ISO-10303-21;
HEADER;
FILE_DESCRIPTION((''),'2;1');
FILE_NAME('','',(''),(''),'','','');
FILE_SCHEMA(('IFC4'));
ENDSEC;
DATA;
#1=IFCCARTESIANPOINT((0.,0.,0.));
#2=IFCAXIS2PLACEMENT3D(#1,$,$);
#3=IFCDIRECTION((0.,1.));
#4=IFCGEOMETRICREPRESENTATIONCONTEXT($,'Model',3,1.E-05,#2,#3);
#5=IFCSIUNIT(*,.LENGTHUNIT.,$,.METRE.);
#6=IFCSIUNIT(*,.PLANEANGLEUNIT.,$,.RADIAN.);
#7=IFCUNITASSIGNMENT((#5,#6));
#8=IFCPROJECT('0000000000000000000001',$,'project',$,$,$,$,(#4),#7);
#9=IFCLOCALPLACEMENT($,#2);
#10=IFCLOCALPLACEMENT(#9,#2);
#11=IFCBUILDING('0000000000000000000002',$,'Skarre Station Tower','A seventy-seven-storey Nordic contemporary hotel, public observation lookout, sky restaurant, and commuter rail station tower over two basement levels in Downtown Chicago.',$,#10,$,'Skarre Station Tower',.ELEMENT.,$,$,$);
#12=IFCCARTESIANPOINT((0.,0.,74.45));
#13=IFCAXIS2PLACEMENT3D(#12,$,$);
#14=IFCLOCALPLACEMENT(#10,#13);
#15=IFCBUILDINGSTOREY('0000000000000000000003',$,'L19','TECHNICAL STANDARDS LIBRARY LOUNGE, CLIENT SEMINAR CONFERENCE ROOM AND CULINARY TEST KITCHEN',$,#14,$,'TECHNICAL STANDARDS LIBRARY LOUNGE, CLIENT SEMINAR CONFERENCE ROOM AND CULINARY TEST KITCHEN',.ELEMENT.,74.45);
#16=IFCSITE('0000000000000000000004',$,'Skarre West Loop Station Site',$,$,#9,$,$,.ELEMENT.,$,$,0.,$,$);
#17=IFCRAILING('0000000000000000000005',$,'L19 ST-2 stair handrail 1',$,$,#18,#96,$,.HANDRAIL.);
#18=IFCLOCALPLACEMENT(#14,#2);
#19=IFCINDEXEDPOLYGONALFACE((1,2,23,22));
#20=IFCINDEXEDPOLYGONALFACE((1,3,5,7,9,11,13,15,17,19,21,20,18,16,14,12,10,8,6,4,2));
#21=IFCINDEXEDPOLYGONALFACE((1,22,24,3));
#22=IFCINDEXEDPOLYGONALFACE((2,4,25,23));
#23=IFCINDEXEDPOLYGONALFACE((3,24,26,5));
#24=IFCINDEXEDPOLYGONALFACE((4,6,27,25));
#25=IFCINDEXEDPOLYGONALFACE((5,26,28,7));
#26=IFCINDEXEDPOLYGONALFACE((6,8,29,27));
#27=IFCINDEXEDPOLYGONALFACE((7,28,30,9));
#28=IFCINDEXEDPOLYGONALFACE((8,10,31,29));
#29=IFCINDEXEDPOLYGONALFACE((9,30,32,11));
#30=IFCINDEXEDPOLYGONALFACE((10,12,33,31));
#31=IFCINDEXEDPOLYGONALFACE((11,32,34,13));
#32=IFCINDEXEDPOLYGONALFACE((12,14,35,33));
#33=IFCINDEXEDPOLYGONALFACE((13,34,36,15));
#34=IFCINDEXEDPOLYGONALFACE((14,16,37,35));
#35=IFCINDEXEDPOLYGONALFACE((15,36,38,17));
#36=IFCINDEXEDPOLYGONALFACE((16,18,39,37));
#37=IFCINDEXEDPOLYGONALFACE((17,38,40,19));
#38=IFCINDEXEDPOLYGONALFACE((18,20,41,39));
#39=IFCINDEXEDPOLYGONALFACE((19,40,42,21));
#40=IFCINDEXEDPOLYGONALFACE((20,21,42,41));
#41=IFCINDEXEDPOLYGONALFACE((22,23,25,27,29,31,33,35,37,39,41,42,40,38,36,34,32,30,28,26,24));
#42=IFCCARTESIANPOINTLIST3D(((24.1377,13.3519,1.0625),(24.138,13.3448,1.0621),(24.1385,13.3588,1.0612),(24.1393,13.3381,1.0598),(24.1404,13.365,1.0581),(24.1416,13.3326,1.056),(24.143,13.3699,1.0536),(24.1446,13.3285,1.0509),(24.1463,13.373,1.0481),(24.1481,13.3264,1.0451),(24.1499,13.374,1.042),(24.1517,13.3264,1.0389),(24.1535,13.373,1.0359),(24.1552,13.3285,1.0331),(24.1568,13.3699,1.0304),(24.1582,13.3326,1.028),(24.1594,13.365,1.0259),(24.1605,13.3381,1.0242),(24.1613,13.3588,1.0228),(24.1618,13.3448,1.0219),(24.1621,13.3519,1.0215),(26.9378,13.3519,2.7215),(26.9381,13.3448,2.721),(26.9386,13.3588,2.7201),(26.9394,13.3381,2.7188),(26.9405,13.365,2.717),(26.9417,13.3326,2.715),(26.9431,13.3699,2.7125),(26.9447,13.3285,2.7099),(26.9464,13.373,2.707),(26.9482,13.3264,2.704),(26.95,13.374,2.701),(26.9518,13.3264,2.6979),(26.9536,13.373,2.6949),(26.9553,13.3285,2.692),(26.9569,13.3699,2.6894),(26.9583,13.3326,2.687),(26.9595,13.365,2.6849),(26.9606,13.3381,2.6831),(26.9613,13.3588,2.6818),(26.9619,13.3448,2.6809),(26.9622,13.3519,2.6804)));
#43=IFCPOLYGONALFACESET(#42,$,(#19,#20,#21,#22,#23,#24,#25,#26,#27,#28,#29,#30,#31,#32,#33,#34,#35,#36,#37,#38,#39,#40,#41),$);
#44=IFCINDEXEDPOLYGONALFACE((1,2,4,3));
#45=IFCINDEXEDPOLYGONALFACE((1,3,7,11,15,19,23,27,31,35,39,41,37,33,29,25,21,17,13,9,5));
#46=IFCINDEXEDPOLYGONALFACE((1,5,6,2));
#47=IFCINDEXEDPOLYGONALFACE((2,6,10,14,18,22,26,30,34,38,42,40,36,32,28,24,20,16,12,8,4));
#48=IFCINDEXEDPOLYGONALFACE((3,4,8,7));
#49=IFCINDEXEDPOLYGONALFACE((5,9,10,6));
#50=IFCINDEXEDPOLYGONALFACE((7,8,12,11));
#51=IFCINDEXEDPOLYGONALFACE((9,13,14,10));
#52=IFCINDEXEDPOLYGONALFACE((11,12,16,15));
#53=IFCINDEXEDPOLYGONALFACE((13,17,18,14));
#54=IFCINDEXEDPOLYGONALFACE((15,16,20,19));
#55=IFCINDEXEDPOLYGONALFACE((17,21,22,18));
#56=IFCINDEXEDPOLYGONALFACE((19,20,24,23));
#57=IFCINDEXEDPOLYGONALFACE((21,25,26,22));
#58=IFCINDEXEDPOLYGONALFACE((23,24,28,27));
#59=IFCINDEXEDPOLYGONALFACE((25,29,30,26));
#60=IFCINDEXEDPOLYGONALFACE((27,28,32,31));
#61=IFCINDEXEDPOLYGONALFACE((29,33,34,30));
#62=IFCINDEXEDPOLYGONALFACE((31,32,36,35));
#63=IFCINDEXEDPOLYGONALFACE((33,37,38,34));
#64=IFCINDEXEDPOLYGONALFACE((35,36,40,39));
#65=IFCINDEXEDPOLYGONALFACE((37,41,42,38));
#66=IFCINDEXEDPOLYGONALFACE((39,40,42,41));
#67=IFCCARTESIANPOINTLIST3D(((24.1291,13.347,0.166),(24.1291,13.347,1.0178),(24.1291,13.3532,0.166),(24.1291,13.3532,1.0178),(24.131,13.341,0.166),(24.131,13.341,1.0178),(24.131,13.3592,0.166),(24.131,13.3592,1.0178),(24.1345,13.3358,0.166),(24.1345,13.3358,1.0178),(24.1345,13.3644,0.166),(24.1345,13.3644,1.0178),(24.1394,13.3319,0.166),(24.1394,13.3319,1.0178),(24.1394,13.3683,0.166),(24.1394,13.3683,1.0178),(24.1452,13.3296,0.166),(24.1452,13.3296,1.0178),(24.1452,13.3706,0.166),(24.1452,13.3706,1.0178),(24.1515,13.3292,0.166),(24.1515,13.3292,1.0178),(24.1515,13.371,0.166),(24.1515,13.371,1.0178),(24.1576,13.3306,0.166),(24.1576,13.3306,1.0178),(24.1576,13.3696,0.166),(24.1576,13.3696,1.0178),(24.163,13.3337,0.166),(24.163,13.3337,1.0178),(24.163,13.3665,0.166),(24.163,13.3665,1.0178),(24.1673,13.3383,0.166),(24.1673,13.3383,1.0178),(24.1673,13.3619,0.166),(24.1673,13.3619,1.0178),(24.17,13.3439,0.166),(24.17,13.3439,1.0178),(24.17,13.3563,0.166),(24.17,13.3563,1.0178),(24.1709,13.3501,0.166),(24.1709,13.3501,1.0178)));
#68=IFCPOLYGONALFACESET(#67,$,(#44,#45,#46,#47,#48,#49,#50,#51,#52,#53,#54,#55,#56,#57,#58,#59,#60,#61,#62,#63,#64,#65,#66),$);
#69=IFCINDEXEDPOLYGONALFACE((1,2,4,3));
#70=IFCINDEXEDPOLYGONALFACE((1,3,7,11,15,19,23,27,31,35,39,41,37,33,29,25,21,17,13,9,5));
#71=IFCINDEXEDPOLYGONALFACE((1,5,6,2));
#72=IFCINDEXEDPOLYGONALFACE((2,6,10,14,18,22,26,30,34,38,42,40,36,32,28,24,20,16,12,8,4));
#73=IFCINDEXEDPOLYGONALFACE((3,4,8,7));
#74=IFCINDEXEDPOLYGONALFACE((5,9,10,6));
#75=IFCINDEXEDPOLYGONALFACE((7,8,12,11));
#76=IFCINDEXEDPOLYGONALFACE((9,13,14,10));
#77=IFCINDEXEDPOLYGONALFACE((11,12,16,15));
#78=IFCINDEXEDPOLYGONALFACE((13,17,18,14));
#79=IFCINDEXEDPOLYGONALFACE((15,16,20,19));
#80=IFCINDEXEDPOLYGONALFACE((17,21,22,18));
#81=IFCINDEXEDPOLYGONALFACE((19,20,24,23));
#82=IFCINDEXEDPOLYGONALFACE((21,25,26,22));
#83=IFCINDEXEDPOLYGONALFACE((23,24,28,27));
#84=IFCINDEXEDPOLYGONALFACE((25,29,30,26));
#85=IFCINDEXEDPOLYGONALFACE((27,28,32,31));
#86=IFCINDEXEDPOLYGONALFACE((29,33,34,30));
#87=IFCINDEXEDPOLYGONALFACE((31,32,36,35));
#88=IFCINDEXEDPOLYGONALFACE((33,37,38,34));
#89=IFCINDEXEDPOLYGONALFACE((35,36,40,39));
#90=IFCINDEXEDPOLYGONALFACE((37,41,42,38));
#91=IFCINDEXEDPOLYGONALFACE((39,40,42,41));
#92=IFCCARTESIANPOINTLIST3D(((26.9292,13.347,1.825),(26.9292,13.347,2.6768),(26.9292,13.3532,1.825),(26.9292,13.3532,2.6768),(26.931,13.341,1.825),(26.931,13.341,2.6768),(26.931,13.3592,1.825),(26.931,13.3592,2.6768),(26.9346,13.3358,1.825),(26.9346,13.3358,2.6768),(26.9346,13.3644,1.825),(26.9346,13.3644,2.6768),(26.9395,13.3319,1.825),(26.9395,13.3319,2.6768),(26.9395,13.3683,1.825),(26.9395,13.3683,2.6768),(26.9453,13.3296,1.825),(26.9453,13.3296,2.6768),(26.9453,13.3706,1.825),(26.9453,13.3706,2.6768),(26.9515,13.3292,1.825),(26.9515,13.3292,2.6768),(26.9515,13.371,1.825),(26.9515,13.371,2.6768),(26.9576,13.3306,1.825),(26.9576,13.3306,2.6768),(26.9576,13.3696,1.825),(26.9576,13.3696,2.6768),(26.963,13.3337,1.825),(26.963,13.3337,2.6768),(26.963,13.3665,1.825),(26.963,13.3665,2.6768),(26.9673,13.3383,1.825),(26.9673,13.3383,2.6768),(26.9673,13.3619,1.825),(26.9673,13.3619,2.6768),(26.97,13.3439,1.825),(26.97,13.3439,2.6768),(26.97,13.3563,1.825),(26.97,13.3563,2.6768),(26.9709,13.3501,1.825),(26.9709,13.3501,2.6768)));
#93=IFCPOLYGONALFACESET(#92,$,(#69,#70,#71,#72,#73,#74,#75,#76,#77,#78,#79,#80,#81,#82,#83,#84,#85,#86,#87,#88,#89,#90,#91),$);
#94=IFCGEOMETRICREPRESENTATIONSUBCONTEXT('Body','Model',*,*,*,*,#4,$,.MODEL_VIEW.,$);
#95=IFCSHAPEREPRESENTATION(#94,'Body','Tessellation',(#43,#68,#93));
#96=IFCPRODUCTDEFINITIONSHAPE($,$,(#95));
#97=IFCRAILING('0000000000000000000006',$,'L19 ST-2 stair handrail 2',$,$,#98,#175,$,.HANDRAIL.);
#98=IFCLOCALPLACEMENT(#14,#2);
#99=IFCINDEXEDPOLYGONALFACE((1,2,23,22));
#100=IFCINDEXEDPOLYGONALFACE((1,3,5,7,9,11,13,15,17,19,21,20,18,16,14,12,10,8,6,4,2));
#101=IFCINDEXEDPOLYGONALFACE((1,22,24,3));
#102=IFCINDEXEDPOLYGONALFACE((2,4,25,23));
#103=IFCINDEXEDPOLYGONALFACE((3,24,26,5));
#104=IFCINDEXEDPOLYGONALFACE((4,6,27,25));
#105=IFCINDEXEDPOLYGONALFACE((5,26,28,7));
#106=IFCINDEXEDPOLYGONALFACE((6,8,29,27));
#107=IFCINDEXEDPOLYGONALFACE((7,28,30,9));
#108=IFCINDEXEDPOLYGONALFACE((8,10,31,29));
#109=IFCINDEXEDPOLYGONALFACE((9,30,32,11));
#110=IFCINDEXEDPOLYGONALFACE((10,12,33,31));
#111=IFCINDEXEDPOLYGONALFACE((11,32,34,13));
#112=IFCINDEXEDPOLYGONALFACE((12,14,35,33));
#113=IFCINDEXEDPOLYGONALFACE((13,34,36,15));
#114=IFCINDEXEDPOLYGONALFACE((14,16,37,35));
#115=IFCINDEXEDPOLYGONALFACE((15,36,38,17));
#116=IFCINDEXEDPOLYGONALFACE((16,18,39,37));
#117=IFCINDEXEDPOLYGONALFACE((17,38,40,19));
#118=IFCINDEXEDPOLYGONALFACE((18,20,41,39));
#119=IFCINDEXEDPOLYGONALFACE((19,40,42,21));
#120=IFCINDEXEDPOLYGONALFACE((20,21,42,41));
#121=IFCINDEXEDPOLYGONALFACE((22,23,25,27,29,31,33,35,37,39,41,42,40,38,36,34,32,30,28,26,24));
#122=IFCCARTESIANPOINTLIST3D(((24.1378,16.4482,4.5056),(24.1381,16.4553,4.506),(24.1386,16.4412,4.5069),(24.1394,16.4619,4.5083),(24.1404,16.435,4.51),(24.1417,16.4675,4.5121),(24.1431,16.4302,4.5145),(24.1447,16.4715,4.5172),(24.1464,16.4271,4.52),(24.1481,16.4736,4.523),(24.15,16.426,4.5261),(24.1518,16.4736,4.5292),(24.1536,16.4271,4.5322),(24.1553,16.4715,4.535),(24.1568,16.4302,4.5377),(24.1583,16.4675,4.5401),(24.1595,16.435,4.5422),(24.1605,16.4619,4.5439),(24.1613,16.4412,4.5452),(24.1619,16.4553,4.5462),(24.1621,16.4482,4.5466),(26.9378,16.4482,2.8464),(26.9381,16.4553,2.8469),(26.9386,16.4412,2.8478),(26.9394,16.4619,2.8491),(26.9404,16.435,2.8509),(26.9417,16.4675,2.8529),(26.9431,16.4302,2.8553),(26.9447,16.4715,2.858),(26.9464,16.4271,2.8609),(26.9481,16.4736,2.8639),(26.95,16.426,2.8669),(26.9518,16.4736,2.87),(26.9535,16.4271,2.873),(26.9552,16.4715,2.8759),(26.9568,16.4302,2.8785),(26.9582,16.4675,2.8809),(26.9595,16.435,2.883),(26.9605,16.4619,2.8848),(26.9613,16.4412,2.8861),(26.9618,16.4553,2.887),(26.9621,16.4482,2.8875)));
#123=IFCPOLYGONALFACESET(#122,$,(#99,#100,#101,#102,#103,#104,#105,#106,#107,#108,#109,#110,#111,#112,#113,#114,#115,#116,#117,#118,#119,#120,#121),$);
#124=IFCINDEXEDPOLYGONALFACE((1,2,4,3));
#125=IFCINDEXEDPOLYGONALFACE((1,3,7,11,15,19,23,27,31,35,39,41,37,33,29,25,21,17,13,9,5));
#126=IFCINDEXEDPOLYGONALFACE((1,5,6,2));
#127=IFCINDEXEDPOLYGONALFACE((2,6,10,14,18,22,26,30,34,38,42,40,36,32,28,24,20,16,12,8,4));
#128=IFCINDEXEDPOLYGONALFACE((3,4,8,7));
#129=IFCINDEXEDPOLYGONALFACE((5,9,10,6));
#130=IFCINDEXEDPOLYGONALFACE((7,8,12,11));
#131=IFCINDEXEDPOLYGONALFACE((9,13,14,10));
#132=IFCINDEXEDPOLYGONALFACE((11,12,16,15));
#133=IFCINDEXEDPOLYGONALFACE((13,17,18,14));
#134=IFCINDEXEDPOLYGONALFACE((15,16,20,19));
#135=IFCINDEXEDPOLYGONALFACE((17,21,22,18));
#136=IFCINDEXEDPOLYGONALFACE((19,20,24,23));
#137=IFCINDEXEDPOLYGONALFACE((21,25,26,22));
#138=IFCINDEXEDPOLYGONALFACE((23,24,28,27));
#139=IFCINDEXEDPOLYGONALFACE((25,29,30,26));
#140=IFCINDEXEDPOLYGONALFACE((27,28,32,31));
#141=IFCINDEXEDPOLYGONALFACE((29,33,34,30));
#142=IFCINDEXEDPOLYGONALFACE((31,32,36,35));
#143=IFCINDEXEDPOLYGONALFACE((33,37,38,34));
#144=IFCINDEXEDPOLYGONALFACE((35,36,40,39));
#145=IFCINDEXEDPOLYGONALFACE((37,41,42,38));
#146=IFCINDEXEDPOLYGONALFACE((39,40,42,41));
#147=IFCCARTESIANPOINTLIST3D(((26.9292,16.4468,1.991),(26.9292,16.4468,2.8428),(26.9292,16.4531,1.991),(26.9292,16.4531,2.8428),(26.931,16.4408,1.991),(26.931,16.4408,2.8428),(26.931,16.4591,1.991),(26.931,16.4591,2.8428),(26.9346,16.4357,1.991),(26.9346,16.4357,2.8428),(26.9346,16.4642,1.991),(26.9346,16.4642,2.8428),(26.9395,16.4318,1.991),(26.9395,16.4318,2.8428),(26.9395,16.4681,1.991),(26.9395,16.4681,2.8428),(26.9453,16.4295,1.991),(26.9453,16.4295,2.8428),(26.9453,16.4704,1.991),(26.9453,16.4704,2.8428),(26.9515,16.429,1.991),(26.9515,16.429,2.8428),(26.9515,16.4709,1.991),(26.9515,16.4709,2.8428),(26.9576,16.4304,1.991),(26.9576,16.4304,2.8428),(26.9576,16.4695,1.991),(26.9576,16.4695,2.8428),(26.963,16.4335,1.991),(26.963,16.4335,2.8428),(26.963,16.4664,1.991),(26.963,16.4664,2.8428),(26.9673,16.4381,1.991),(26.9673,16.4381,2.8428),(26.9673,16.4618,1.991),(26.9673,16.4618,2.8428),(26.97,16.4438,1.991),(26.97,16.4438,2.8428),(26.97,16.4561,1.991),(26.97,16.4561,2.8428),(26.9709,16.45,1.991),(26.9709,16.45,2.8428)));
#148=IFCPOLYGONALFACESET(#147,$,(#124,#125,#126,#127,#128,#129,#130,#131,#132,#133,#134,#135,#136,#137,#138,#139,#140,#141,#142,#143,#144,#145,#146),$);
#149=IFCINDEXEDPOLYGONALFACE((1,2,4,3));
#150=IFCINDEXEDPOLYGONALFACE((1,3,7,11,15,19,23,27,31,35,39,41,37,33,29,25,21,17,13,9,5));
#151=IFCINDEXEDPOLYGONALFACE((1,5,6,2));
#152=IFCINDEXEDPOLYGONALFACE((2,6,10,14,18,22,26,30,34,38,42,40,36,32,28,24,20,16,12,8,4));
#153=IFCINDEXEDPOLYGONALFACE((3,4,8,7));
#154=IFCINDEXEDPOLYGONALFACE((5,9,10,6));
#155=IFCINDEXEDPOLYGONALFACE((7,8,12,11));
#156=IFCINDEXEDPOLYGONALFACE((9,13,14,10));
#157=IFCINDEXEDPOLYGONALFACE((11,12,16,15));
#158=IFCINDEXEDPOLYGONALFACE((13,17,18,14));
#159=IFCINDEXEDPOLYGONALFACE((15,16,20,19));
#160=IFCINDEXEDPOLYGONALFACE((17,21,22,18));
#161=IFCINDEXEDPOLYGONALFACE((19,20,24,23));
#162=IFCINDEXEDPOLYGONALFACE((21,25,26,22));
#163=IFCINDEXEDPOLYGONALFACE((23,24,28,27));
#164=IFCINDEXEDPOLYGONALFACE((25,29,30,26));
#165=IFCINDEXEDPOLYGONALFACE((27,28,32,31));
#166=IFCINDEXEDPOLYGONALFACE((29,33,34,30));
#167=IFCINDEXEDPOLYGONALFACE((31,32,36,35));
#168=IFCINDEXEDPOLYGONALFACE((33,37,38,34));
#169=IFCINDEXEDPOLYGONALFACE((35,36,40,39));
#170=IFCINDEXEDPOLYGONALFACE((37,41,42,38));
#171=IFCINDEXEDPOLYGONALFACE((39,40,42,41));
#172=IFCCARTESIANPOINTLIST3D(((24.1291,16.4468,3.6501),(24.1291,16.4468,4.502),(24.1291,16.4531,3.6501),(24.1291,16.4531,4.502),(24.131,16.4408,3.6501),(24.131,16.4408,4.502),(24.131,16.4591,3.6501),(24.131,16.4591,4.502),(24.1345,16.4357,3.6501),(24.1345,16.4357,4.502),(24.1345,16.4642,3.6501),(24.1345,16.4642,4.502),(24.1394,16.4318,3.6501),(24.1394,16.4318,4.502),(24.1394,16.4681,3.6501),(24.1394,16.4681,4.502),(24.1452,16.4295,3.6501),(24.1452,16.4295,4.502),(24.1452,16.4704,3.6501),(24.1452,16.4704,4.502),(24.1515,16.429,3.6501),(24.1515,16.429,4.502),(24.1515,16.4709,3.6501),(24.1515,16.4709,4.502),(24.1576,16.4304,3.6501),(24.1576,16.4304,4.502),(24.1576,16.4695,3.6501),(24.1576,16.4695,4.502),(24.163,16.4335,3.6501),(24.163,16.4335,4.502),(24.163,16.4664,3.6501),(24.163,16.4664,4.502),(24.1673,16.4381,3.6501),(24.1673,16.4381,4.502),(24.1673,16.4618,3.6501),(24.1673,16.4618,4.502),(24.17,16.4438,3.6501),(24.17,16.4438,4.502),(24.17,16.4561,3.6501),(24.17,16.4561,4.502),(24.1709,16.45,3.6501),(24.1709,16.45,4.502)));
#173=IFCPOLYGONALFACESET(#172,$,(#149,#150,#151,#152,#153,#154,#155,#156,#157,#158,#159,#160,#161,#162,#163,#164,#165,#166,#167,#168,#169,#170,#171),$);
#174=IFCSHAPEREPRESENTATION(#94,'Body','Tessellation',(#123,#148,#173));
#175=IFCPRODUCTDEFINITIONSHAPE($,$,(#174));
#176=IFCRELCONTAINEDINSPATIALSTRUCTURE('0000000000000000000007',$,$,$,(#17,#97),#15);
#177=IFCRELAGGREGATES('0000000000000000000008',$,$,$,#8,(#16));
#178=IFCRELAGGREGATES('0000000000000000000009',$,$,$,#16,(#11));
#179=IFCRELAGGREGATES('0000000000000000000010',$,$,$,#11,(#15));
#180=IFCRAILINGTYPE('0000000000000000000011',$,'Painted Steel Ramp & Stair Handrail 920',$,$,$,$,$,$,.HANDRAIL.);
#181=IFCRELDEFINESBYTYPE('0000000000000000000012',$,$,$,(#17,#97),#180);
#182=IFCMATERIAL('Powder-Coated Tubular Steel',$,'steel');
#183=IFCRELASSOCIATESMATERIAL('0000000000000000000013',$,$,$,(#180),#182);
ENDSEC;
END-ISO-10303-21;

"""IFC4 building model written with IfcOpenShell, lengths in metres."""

from ifc_helpers import new_model, si_unit, direction, frame, origin, origin_2d, place, context, subcontext, project, spatial, circle, extrude, material, type_object, element, save


model = new_model("IFC4")

# Units and contexts
model_context = context("Model", 3, precision=1e-05, world=origin(), true_north=direction((0.0, 1.0)))
body_context = subcontext(model_context, "Body", "Model", "MODEL_VIEW")
ifc_project = project(units=[si_unit("LENGTHUNIT", "METRE"), si_unit("PLANEANGLEUNIT", "RADIAN")], contexts=[model_context])

# Site, building, storey
site_placement = place(None, origin())
site = spatial("IfcSite", under=ifc_project, at=site_placement, Name="Skarre West Loop Station Site", CompositionType="ELEMENT", RefElevation=0.0)
building_placement = place(site_placement, origin())
building = spatial("IfcBuilding", under=site, at=building_placement, Name="Skarre Station Tower", Description="A seventy-seven-storey Nordic contemporary hotel, public observation lookout, sky restaurant, and commuter rail station tower over two basement levels in Downtown Chicago.", LongName="Skarre Station Tower", CompositionType="ELEMENT")
storey_placement = place(building_placement, frame((0.0, 0.0, 74.45)))
storey = spatial("IfcBuildingStorey", under=building, at=storey_placement, Name="L19", Description="TECHNICAL STANDARDS LIBRARY LOUNGE, CLIENT SEMINAR CONFERENCE ROOM AND CULINARY TEST KITCHEN", LongName="TECHNICAL STANDARDS LIBRARY LOUNGE, CLIENT SEMINAR CONFERENCE ROOM AND CULINARY TEST KITCHEN", CompositionType="ELEMENT", Elevation=74.45)

# Railings
ifc_material_1 = material(Name="Powder-Coated Tubular Steel", Category="steel")
railing_type_1 = type_object("IfcRailingType", Name="Painted Steel Ramp & Stair Handrail 920", PredefinedType="HANDRAIL", material=ifc_material_1)
railing_1_placement = place(storey_placement, frame((24.1499, 13.3501, 0.166)))
element("IfcRailing", 1, at=railing_1_placement, inside=storey, type_object=railing_type_1, Name="L19 ST-2 stair handrail 1", PredefinedType="HANDRAIL", context=body_context, shape_type="SweptSolid", body=[
    extrude(circle(Radius=0.0239, at=origin_2d()), frame((0.0, 0.0, 0.876), z_axis=(0.860339, 0.0, 0.509722), x_axis=(0.0, 1.0, 0.0)), (0.0, 0.0, 1.0), 3.2546),
    extrude(circle(Radius=0.021, at=origin_2d()), origin(), (0.0, 0.0, 1.0), 0.8518),
    extrude(circle(Radius=0.021, at=origin_2d()), frame((2.8, 0.0, 1.6589)), (0.0, 0.0, 1.0), 0.8518),
])
railing_2_placement = place(storey_placement, frame((26.95, 16.45, 1.991)))
element("IfcRailing", 2, at=railing_2_placement, inside=storey, type_object=railing_type_1, Name="L19 ST-2 stair handrail 2", PredefinedType="HANDRAIL", context=body_context, shape_type="SweptSolid", body=[
    extrude(circle(Radius=0.0239, at=origin_2d()), frame((0.0, 0.0, 0.876), z_axis=(-0.860306, 0.0, 0.509778), x_axis=(0.0, -1.0, 0.0)), (0.0, 0.0, 1.0), 3.2546),
    extrude(circle(Radius=0.021, at=origin_2d()), origin(), (0.0, 0.0, 1.0), 0.8518),
    extrude(circle(Radius=0.021, at=origin_2d()), frame((-2.8, 0.0, 1.6592)), (0.0, 0.0, 1.0), 0.8518),
])

save(model, "model.ifc")
